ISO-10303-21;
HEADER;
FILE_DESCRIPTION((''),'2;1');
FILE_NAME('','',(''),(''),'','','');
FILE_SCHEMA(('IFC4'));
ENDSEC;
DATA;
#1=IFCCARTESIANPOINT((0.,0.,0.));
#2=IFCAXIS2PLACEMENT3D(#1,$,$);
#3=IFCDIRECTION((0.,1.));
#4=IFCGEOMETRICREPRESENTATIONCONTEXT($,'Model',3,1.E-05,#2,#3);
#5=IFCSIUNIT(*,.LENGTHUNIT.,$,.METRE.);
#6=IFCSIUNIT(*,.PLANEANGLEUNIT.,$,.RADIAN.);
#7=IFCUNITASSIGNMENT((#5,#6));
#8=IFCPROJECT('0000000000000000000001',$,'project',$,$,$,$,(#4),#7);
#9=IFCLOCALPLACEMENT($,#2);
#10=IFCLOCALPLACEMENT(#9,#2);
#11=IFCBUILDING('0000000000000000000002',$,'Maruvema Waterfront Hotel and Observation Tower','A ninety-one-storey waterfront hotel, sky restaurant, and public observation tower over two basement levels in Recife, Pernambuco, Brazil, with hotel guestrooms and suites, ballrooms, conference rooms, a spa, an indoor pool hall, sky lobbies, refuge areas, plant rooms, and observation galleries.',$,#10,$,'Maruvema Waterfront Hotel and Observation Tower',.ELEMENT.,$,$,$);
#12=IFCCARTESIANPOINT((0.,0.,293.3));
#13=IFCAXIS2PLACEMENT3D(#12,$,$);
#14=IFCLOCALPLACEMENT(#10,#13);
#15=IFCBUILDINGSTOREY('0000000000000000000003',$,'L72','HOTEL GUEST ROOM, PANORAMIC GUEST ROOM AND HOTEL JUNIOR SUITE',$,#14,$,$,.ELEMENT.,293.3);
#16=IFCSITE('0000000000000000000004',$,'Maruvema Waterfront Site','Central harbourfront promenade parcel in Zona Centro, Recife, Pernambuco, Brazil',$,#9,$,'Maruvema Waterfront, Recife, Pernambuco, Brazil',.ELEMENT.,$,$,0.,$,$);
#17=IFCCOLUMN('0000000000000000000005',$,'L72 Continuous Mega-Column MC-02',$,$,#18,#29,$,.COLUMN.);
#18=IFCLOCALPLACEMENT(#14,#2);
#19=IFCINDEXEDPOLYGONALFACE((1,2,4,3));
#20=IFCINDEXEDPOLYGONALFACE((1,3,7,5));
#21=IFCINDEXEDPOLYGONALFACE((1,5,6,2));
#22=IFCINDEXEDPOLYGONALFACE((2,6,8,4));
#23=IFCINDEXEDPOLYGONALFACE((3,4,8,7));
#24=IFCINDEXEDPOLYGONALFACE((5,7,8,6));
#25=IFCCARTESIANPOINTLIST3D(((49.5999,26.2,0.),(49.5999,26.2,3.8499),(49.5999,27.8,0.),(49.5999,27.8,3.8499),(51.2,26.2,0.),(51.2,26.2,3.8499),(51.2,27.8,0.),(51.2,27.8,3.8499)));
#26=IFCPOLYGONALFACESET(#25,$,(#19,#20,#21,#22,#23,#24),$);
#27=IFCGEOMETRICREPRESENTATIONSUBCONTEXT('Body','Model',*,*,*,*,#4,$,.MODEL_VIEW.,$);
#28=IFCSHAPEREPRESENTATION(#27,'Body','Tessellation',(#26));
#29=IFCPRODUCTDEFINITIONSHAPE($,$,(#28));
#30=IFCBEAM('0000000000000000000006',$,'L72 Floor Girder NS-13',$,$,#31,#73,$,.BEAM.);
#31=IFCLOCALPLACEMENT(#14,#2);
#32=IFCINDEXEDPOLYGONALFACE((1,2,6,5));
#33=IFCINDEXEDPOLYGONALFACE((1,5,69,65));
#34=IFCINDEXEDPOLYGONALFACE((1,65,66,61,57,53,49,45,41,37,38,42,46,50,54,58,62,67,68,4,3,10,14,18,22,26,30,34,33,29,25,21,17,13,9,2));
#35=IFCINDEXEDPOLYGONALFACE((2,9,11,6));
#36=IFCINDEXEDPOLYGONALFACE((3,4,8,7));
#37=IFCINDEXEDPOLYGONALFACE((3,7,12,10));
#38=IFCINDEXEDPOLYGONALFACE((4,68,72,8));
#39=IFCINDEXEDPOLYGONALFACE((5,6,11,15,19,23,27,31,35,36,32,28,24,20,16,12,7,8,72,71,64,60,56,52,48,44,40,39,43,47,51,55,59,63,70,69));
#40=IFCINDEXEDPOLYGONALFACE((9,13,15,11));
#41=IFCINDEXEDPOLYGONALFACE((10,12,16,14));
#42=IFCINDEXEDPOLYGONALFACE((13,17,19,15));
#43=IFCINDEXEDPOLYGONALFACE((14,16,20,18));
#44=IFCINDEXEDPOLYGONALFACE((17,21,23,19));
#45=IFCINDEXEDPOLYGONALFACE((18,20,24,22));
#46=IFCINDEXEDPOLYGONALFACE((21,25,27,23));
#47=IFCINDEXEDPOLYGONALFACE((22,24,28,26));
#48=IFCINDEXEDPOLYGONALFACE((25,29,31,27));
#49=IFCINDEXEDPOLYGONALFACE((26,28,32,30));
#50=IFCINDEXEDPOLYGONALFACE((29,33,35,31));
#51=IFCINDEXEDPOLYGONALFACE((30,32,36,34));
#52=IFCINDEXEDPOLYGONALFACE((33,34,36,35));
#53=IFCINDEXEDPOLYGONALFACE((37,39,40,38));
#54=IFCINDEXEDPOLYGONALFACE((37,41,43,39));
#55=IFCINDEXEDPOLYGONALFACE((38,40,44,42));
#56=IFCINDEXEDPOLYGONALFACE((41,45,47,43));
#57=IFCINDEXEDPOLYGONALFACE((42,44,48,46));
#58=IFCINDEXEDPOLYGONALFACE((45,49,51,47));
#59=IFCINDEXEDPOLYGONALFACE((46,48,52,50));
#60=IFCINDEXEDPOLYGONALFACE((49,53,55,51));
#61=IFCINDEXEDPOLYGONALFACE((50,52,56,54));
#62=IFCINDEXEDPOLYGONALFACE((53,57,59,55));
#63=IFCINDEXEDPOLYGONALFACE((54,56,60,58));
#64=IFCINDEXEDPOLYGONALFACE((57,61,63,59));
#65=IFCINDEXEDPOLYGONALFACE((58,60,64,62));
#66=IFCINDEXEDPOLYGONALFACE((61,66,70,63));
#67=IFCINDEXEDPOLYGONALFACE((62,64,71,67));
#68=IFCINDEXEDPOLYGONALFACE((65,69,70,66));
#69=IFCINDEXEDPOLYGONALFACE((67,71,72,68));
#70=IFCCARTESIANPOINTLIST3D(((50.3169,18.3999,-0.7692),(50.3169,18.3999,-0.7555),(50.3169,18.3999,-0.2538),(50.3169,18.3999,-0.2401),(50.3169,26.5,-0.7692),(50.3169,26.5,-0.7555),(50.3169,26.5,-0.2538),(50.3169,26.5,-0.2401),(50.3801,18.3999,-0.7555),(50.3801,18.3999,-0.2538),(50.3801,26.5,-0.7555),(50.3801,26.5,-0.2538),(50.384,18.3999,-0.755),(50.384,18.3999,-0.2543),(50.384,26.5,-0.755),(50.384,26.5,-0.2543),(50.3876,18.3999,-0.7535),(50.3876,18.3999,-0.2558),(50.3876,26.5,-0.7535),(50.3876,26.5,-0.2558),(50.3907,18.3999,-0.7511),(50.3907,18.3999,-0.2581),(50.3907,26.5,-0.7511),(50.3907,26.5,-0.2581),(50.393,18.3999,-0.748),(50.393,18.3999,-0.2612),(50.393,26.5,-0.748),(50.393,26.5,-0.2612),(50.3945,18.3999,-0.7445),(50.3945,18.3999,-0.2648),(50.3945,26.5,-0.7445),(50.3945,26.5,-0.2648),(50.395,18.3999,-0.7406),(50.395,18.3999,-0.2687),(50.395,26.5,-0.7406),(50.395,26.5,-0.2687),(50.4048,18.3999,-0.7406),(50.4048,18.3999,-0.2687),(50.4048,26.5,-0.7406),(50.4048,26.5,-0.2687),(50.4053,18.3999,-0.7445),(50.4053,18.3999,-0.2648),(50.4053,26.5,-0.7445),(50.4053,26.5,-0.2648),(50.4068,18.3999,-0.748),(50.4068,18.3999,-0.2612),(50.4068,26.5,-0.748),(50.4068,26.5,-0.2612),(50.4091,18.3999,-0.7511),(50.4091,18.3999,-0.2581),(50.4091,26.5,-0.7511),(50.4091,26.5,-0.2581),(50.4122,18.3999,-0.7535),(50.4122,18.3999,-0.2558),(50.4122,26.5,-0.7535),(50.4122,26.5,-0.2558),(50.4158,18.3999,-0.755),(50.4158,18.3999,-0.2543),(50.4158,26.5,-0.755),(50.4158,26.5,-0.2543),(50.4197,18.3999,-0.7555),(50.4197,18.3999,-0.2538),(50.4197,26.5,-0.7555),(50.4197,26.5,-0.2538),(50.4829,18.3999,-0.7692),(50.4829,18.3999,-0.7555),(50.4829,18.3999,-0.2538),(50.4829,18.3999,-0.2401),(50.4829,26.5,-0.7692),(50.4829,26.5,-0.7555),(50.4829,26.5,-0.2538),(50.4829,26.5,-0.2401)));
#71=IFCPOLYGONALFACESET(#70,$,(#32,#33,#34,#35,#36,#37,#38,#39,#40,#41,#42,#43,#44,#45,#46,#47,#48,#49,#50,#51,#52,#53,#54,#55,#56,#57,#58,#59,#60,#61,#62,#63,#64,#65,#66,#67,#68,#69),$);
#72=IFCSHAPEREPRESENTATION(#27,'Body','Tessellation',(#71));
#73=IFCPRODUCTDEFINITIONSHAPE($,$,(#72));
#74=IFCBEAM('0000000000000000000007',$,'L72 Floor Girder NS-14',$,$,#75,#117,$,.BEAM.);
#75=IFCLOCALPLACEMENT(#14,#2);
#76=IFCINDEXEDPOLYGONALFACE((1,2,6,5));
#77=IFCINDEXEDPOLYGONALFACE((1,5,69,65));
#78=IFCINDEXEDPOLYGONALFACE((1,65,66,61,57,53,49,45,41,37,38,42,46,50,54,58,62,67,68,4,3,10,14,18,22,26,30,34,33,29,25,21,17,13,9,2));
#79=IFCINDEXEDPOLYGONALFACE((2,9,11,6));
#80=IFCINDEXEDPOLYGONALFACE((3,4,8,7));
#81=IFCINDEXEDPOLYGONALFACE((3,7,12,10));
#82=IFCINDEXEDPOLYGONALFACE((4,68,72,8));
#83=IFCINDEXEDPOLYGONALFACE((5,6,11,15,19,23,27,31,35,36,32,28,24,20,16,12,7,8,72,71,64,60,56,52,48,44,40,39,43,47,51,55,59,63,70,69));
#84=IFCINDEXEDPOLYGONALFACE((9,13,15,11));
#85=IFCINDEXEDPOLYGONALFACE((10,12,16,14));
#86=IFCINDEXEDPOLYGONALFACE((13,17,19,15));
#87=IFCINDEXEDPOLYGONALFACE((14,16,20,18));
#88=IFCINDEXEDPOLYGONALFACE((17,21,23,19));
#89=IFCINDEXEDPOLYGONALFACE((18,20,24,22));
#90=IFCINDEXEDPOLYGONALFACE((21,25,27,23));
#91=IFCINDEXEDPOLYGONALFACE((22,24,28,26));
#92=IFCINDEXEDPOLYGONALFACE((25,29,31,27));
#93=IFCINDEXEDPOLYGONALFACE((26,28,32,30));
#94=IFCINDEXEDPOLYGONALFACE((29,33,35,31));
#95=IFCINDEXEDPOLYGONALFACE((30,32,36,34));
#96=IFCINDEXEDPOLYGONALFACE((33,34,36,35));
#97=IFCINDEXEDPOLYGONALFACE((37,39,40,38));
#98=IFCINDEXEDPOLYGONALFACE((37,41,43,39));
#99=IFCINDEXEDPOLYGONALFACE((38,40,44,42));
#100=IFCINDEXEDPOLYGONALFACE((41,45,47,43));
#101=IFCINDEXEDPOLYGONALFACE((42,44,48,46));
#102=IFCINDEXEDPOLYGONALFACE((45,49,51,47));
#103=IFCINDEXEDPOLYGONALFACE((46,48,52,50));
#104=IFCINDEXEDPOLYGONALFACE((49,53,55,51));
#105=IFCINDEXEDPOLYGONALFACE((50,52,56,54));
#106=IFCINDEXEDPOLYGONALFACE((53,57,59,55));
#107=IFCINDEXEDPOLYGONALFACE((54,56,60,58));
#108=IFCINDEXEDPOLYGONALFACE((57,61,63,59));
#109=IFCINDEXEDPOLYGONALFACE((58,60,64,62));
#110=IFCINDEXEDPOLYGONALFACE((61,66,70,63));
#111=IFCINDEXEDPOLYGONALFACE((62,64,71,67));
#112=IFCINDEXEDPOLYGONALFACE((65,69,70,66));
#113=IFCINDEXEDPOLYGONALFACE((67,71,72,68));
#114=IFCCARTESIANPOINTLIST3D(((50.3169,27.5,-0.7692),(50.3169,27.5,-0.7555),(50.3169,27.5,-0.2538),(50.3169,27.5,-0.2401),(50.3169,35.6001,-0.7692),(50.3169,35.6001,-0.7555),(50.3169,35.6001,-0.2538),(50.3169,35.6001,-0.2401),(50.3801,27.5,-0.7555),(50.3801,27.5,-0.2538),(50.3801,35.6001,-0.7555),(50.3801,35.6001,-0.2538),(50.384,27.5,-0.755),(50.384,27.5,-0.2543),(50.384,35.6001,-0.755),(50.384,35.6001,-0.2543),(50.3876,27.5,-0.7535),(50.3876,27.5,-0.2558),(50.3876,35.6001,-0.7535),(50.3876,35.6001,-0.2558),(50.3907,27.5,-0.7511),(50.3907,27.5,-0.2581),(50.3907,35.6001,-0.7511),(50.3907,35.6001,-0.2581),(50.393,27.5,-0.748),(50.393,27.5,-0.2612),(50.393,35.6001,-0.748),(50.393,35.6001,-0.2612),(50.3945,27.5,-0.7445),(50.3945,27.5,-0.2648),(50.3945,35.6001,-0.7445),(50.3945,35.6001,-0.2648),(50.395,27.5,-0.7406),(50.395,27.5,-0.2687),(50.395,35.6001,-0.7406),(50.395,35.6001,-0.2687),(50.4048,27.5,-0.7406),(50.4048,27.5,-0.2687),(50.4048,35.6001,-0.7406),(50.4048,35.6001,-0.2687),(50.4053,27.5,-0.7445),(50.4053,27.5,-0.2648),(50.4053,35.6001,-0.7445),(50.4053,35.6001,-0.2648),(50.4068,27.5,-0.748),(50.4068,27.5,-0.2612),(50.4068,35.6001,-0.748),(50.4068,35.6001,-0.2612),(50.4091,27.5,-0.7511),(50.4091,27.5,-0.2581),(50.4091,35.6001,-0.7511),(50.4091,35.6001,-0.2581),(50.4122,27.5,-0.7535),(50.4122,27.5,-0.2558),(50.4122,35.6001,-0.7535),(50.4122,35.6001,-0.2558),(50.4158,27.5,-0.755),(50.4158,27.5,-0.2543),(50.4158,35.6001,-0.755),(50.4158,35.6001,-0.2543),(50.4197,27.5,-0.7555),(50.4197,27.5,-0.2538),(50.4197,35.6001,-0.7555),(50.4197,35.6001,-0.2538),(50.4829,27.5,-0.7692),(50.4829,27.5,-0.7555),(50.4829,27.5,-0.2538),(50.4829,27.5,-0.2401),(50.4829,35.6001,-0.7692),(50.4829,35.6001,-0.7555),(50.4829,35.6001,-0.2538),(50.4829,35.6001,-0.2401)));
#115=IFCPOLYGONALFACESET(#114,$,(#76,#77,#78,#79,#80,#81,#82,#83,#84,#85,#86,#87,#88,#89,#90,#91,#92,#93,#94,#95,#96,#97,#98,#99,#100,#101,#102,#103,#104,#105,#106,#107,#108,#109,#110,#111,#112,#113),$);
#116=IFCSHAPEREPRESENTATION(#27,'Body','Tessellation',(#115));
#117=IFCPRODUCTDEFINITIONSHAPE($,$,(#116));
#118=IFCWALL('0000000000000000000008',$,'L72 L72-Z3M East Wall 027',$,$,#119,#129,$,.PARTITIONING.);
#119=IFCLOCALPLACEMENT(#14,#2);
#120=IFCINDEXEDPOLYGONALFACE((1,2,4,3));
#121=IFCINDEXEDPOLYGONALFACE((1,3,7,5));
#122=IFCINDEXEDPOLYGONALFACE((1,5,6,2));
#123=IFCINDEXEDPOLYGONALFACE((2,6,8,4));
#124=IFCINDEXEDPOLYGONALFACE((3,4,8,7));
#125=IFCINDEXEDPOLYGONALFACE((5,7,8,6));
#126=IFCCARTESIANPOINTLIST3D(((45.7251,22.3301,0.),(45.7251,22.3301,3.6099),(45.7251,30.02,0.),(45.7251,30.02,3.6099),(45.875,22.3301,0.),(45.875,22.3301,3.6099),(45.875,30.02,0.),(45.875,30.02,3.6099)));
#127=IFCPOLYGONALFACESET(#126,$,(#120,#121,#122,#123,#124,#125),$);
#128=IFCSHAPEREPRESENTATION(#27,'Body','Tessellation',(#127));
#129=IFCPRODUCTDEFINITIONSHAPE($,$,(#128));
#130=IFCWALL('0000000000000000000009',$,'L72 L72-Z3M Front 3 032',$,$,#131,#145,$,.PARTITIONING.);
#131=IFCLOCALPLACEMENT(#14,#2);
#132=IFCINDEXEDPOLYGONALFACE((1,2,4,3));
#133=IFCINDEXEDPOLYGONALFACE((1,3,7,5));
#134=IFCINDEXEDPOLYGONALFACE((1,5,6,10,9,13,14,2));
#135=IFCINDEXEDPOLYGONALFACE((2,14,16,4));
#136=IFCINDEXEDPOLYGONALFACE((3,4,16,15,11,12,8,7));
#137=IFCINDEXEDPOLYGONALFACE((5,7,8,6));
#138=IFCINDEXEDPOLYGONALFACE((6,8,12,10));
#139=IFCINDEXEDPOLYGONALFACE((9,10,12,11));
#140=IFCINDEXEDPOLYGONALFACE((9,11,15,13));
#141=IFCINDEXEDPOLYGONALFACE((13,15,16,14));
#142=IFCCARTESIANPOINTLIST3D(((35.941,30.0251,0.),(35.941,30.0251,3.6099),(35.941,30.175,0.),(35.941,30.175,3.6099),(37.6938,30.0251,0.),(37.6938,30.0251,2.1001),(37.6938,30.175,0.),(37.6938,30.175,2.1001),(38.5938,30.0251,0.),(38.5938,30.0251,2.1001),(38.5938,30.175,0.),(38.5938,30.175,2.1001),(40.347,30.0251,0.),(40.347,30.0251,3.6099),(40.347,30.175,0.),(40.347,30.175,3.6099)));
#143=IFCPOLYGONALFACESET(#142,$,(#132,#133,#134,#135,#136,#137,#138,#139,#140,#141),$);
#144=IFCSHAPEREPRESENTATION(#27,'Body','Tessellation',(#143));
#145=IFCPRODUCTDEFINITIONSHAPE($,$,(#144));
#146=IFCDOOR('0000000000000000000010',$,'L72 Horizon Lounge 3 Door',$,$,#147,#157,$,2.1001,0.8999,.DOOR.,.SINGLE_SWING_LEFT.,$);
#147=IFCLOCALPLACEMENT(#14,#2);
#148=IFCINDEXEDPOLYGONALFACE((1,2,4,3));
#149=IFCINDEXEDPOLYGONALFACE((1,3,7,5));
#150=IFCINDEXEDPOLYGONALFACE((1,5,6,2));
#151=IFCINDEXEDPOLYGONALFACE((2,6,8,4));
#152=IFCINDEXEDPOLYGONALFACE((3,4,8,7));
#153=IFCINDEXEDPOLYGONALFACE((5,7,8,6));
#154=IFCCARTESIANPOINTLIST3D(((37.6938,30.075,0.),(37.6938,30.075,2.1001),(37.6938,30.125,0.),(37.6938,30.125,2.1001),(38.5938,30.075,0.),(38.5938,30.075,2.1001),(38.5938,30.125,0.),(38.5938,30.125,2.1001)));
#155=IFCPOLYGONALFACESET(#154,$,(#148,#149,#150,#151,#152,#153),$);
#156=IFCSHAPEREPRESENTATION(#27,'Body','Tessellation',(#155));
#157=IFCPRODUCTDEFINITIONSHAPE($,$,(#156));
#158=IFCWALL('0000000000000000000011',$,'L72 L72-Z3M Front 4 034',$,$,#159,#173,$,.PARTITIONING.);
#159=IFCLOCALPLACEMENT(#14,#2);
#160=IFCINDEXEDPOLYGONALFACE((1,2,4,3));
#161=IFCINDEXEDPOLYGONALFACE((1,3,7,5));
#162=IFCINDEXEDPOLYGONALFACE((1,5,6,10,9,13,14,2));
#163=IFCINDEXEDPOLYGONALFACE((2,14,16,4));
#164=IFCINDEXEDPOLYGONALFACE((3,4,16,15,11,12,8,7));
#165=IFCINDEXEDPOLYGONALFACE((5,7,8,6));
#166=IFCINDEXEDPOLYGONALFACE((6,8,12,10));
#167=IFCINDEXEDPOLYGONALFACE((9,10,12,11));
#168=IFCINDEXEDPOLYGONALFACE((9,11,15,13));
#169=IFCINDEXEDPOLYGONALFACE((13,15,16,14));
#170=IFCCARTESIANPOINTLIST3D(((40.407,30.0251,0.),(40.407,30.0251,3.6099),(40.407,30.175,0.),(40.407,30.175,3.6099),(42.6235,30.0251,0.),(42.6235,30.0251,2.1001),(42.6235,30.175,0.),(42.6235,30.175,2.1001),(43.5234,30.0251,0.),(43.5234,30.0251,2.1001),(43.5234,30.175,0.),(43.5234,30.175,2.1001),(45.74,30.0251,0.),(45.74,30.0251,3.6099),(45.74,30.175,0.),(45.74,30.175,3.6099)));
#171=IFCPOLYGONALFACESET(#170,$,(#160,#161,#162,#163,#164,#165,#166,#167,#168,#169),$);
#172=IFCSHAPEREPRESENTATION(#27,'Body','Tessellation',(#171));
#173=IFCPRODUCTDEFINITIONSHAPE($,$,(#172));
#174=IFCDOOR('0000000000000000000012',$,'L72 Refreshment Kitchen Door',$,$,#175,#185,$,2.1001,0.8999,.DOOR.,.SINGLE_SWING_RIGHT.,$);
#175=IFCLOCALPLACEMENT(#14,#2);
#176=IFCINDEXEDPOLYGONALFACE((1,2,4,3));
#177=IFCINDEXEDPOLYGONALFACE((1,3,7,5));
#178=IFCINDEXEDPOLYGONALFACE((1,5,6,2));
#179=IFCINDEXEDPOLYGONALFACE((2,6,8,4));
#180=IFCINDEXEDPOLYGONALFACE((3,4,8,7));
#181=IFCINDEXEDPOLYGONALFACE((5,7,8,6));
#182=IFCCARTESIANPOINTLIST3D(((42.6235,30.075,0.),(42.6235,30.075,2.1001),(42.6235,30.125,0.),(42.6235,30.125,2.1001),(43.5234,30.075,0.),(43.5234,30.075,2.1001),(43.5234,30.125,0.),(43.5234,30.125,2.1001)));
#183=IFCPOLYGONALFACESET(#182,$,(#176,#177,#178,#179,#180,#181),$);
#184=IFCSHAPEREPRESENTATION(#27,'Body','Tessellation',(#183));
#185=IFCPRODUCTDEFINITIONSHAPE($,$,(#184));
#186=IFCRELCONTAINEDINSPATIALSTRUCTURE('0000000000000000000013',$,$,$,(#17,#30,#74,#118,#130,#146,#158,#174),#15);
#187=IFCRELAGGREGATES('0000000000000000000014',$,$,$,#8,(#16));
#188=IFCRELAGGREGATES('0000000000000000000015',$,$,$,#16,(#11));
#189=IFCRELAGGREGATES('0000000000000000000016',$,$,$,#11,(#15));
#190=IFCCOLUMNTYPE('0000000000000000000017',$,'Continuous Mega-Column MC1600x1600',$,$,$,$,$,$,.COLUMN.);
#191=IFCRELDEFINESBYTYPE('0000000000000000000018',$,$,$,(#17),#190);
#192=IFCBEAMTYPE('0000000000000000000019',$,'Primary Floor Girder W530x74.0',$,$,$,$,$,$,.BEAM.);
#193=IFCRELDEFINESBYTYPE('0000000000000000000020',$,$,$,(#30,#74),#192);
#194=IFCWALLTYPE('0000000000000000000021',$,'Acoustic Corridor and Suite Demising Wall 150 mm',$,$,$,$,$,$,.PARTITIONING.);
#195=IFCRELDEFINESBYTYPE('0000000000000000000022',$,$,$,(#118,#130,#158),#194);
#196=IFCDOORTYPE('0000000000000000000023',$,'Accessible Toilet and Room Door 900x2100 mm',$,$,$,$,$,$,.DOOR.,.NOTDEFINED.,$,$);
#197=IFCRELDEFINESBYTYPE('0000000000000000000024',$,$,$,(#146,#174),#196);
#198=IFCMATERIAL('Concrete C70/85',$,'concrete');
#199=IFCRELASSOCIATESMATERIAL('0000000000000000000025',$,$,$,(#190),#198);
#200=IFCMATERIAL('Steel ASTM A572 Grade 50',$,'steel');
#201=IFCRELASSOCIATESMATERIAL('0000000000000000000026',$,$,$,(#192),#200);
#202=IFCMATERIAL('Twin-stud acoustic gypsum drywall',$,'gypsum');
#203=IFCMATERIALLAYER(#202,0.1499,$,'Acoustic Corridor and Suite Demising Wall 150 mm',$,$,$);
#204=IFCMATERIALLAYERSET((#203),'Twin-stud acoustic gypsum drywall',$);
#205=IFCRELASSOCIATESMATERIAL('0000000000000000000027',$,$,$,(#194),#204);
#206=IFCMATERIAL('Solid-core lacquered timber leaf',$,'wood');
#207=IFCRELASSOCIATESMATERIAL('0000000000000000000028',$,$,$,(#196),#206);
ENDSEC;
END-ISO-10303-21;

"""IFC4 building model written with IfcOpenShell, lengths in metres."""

from ifc_helpers import new_model, si_unit, direction, frame, frame_2d, origin, origin_2d, place, context, subcontext, project, spatial, rectangle, i_section, extrude, material, layer, layer_set, material_profile, profile_set, type_object, element, fill, save


model = new_model("IFC4")

# Units and contexts
model_context = context("Model", 3, precision=1e-05, world=origin(), true_north=direction((0.0, 1.0)))
body_context = subcontext(model_context, "Body", "Model", "MODEL_VIEW")
ifc_project = project(units=[si_unit("LENGTHUNIT", "METRE"), si_unit("PLANEANGLEUNIT", "RADIAN")], contexts=[model_context])

# Site, building, storey
site_placement = place(None, origin())
site = spatial("IfcSite", under=ifc_project, at=site_placement, Name="Maruvema Waterfront Site", Description="Central harbourfront promenade parcel in Zona Centro, Recife, Pernambuco, Brazil", LongName="Maruvema Waterfront, Recife, Pernambuco, Brazil", CompositionType="ELEMENT", RefElevation=0.0)
building_placement = place(site_placement, origin())
building = spatial("IfcBuilding", under=site, at=building_placement, Name="Maruvema Waterfront Hotel and Observation Tower", Description="A ninety-one-storey waterfront hotel, sky restaurant, and public observation tower over two basement levels in Recife, Pernambuco, Brazil, with hotel guestrooms and suites, ballrooms, conference rooms, a spa, an indoor pool hall, sky lobbies, refuge areas, plant rooms, and observation galleries.", LongName="Maruvema Waterfront Hotel and Observation Tower", CompositionType="ELEMENT")
storey_placement = place(building_placement, frame((0.0, 0.0, 293.3)))
storey = spatial("IfcBuildingStorey", under=building, at=storey_placement, Name="L72", Description="HOTEL GUEST ROOM, PANORAMIC GUEST ROOM AND HOTEL JUNIOR SUITE", CompositionType="ELEMENT", Elevation=293.3)

# Column
ifc_material_1 = material(Name="Concrete C70/85", Category="concrete")
ifc_material_profile_1 = material_profile(ifc_material_1, rectangle(XDim=1.6001, YDim=1.6001, at=origin_2d()), Name="MC1600x1600")
ifc_profile_set_1 = profile_set([ifc_material_profile_1], Name="Concrete C70/85")
column_type = type_object("IfcColumnType", Name="Continuous Mega-Column MC1600x1600", PredefinedType="COLUMN", material=ifc_profile_set_1)
column_placement = place(storey_placement, frame((50.3999, 27.0, 0.0), z_axis=(0.0, 0.0, 1.0), x_axis=(1.0, 0.0, 0.0)))
element("IfcColumn", 1, at=column_placement, inside=storey, type_object=column_type, Name="L72 Continuous Mega-Column MC-02", PredefinedType="COLUMN", context=body_context, shape_type="SweptSolid", body=[
    extrude(rectangle(XDim=1.6001, YDim=1.6001, at=origin_2d()), origin(), (0.0, 0.0, 1.0), 3.8499),
])

# Beams
ifc_material_2 = material(Name="Steel ASTM A572 Grade 50", Category="steel")
ifc_material_profile_2 = material_profile(ifc_material_2, i_section(OverallWidth=0.166, OverallDepth=0.5291, WebThickness=0.0098, FlangeThickness=0.0137, FilletRadius=0.0149, at=origin_2d()), Name="W530x74.0")
ifc_profile_set_2 = profile_set([ifc_material_profile_2], Name="Steel ASTM A572 Grade 50")
beam_type = type_object("IfcBeamType", Name="Primary Floor Girder W530x74.0", PredefinedType="BEAM", material=ifc_profile_set_2)
for number, where, z_axis, x_axis, name in (
    (2, (50.3999, 18.3999, -0.5046), (0.0, 1.0, 0.0), (-1.0, 0.0, 0.0), "L72 Floor Girder NS-13"),
    (3, (50.3999, 27.5, -0.5046), (0.0, 1.0, 0.0), (-1.0, 0.0, 0.0), "L72 Floor Girder NS-14"),
):
    element("IfcBeam", number, at=place(storey_placement, frame(where, z_axis=z_axis, x_axis=x_axis)), inside=storey, type_object=beam_type, Name=name, PredefinedType="BEAM", context=body_context, shape_type="SweptSolid", body=[
        extrude(i_section(OverallWidth=0.166, OverallDepth=0.5291, WebThickness=0.0098, FlangeThickness=0.0137, FilletRadius=0.0149, at=origin_2d()), origin(), (0.0, 0.0, 1.0), 8.1001),
    ])

# Wall
ifc_material_3 = material(Name="Twin-stud acoustic gypsum drywall", Category="gypsum")
ifc_layer_1 = layer(ifc_material_3, 0.1499, Name="Acoustic Corridor and Suite Demising Wall 150 mm")
ifc_layer_set_1 = layer_set([ifc_layer_1], Name="Twin-stud acoustic gypsum drywall")
wall_type_1 = type_object("IfcWallType", Name="Acoustic Corridor and Suite Demising Wall 150 mm", PredefinedType="PARTITIONING", material=ifc_layer_set_1)
wall_1_placement = place(storey_placement, frame((45.8, 22.3301, 0.0), z_axis=(0.0, 0.0, 1.0), x_axis=(0.0, 1.0, 0.0)))
element("IfcWall", 4, at=wall_1_placement, inside=storey, type_object=wall_type_1, Name="L72 L72-Z3M East Wall 027", PredefinedType="PARTITIONING", context=body_context, shape_type="SweptSolid", body=[
    extrude(rectangle(XDim=7.6899, YDim=0.1499, at=frame_2d((3.845, 0.0))), origin(), (0.0, 0.0, 1.0), 3.6099),
])

# Walls, openings, doors
wall_2_placement = place(storey_placement, frame((35.9409, 30.1001, 0.0), z_axis=(0.0, 0.0, 1.0), x_axis=(1.0, 0.0, 0.0)))
wall_2 = element("IfcWall", 5, at=wall_2_placement, inside=storey, type_object=wall_type_1, Name="L72 L72-Z3M Front 3 032", PredefinedType="PARTITIONING", context=body_context, shape_type="SweptSolid", body=[
    extrude(rectangle(XDim=4.406, YDim=0.1499, at=frame_2d((2.2031, 0.0))), origin(), (0.0, 0.0, 1.0), 3.6099),
])
opening_1_placement = place(wall_2_placement, frame((1.7529, 0.0, 0.0)))
opening_1 = element("IfcOpeningElement", 6, at=opening_1_placement, cuts=wall_2, PredefinedType="OPENING", context=body_context, shape_type="SweptSolid", body=[
    extrude(rectangle(XDim=0.8999, YDim=2.1001, at=frame_2d((0.45, 1.05))), frame((0.0, 0.085, 0.0), z_axis=(0.0, -1.0, 0.0), x_axis=(1.0, 0.0, 0.0)), (0.0, 0.0, 1.0), 0.1699),
])
ifc_material_4 = material(Name="Solid-core lacquered timber leaf", Category="wood")
door_type_1 = type_object("IfcDoorType", Name="Accessible Toilet and Room Door 900x2100 mm", OperationType="NOTDEFINED", PredefinedType="DOOR", material=ifc_material_4)
door_1_placement = place(opening_1_placement, origin())
door_1 = element("IfcDoor", 7, at=door_1_placement, inside=storey, type_object=door_type_1, Name="L72 Horizon Lounge 3 Door", OperationType="SINGLE_SWING_LEFT", OverallHeight=2.1001, OverallWidth=0.8999, PredefinedType="DOOR", context=body_context, shape_type="SweptSolid", body=[
    extrude(rectangle(XDim=0.8999, YDim=2.1001, at=frame_2d((0.45, 1.05))), frame((0.0, 0.0249, 0.0), z_axis=(0.0, -1.0, 0.0), x_axis=(1.0, 0.0, 0.0)), (0.0, 0.0, 1.0), 0.05),
])
fill(opening_1, door_1)
wall_3_placement = place(storey_placement, frame((40.407, 30.1001, 0.0), z_axis=(0.0, 0.0, 1.0), x_axis=(1.0, 0.0, 0.0)))
wall_3 = element("IfcWall", 8, at=wall_3_placement, inside=storey, type_object=wall_type_1, Name="L72 L72-Z3M Front 4 034", PredefinedType="PARTITIONING", context=body_context, shape_type="SweptSolid", body=[
    extrude(rectangle(XDim=5.333, YDim=0.1499, at=frame_2d((2.6665, 0.0))), origin(), (0.0, 0.0, 1.0), 3.6099),
])
opening_2_placement = place(wall_3_placement, frame((2.2166, 0.0, 0.0)))
opening_2 = element("IfcOpeningElement", 9, at=opening_2_placement, cuts=wall_3, PredefinedType="OPENING", context=body_context, shape_type="SweptSolid", body=[
    extrude(rectangle(XDim=0.8999, YDim=2.1001, at=frame_2d((0.45, 1.05))), frame((0.0, 0.085, 0.0), z_axis=(0.0, -1.0, 0.0), x_axis=(1.0, 0.0, 0.0)), (0.0, 0.0, 1.0), 0.1699),
])
door_2_placement = place(opening_2_placement, origin())
door_2 = element("IfcDoor", 10, at=door_2_placement, inside=storey, type_object=door_type_1, Name="L72 Refreshment Kitchen Door", OperationType="SINGLE_SWING_RIGHT", OverallHeight=2.1001, OverallWidth=0.8999, PredefinedType="DOOR", context=body_context, shape_type="SweptSolid", body=[
    extrude(rectangle(XDim=0.8999, YDim=2.1001, at=frame_2d((0.45, 1.05))), frame((0.0, 0.0249, 0.0), z_axis=(0.0, -1.0, 0.0), x_axis=(1.0, 0.0, 0.0)), (0.0, 0.0, 1.0), 0.05),
])
fill(opening_2, door_2)

save(model, "model.ifc")
